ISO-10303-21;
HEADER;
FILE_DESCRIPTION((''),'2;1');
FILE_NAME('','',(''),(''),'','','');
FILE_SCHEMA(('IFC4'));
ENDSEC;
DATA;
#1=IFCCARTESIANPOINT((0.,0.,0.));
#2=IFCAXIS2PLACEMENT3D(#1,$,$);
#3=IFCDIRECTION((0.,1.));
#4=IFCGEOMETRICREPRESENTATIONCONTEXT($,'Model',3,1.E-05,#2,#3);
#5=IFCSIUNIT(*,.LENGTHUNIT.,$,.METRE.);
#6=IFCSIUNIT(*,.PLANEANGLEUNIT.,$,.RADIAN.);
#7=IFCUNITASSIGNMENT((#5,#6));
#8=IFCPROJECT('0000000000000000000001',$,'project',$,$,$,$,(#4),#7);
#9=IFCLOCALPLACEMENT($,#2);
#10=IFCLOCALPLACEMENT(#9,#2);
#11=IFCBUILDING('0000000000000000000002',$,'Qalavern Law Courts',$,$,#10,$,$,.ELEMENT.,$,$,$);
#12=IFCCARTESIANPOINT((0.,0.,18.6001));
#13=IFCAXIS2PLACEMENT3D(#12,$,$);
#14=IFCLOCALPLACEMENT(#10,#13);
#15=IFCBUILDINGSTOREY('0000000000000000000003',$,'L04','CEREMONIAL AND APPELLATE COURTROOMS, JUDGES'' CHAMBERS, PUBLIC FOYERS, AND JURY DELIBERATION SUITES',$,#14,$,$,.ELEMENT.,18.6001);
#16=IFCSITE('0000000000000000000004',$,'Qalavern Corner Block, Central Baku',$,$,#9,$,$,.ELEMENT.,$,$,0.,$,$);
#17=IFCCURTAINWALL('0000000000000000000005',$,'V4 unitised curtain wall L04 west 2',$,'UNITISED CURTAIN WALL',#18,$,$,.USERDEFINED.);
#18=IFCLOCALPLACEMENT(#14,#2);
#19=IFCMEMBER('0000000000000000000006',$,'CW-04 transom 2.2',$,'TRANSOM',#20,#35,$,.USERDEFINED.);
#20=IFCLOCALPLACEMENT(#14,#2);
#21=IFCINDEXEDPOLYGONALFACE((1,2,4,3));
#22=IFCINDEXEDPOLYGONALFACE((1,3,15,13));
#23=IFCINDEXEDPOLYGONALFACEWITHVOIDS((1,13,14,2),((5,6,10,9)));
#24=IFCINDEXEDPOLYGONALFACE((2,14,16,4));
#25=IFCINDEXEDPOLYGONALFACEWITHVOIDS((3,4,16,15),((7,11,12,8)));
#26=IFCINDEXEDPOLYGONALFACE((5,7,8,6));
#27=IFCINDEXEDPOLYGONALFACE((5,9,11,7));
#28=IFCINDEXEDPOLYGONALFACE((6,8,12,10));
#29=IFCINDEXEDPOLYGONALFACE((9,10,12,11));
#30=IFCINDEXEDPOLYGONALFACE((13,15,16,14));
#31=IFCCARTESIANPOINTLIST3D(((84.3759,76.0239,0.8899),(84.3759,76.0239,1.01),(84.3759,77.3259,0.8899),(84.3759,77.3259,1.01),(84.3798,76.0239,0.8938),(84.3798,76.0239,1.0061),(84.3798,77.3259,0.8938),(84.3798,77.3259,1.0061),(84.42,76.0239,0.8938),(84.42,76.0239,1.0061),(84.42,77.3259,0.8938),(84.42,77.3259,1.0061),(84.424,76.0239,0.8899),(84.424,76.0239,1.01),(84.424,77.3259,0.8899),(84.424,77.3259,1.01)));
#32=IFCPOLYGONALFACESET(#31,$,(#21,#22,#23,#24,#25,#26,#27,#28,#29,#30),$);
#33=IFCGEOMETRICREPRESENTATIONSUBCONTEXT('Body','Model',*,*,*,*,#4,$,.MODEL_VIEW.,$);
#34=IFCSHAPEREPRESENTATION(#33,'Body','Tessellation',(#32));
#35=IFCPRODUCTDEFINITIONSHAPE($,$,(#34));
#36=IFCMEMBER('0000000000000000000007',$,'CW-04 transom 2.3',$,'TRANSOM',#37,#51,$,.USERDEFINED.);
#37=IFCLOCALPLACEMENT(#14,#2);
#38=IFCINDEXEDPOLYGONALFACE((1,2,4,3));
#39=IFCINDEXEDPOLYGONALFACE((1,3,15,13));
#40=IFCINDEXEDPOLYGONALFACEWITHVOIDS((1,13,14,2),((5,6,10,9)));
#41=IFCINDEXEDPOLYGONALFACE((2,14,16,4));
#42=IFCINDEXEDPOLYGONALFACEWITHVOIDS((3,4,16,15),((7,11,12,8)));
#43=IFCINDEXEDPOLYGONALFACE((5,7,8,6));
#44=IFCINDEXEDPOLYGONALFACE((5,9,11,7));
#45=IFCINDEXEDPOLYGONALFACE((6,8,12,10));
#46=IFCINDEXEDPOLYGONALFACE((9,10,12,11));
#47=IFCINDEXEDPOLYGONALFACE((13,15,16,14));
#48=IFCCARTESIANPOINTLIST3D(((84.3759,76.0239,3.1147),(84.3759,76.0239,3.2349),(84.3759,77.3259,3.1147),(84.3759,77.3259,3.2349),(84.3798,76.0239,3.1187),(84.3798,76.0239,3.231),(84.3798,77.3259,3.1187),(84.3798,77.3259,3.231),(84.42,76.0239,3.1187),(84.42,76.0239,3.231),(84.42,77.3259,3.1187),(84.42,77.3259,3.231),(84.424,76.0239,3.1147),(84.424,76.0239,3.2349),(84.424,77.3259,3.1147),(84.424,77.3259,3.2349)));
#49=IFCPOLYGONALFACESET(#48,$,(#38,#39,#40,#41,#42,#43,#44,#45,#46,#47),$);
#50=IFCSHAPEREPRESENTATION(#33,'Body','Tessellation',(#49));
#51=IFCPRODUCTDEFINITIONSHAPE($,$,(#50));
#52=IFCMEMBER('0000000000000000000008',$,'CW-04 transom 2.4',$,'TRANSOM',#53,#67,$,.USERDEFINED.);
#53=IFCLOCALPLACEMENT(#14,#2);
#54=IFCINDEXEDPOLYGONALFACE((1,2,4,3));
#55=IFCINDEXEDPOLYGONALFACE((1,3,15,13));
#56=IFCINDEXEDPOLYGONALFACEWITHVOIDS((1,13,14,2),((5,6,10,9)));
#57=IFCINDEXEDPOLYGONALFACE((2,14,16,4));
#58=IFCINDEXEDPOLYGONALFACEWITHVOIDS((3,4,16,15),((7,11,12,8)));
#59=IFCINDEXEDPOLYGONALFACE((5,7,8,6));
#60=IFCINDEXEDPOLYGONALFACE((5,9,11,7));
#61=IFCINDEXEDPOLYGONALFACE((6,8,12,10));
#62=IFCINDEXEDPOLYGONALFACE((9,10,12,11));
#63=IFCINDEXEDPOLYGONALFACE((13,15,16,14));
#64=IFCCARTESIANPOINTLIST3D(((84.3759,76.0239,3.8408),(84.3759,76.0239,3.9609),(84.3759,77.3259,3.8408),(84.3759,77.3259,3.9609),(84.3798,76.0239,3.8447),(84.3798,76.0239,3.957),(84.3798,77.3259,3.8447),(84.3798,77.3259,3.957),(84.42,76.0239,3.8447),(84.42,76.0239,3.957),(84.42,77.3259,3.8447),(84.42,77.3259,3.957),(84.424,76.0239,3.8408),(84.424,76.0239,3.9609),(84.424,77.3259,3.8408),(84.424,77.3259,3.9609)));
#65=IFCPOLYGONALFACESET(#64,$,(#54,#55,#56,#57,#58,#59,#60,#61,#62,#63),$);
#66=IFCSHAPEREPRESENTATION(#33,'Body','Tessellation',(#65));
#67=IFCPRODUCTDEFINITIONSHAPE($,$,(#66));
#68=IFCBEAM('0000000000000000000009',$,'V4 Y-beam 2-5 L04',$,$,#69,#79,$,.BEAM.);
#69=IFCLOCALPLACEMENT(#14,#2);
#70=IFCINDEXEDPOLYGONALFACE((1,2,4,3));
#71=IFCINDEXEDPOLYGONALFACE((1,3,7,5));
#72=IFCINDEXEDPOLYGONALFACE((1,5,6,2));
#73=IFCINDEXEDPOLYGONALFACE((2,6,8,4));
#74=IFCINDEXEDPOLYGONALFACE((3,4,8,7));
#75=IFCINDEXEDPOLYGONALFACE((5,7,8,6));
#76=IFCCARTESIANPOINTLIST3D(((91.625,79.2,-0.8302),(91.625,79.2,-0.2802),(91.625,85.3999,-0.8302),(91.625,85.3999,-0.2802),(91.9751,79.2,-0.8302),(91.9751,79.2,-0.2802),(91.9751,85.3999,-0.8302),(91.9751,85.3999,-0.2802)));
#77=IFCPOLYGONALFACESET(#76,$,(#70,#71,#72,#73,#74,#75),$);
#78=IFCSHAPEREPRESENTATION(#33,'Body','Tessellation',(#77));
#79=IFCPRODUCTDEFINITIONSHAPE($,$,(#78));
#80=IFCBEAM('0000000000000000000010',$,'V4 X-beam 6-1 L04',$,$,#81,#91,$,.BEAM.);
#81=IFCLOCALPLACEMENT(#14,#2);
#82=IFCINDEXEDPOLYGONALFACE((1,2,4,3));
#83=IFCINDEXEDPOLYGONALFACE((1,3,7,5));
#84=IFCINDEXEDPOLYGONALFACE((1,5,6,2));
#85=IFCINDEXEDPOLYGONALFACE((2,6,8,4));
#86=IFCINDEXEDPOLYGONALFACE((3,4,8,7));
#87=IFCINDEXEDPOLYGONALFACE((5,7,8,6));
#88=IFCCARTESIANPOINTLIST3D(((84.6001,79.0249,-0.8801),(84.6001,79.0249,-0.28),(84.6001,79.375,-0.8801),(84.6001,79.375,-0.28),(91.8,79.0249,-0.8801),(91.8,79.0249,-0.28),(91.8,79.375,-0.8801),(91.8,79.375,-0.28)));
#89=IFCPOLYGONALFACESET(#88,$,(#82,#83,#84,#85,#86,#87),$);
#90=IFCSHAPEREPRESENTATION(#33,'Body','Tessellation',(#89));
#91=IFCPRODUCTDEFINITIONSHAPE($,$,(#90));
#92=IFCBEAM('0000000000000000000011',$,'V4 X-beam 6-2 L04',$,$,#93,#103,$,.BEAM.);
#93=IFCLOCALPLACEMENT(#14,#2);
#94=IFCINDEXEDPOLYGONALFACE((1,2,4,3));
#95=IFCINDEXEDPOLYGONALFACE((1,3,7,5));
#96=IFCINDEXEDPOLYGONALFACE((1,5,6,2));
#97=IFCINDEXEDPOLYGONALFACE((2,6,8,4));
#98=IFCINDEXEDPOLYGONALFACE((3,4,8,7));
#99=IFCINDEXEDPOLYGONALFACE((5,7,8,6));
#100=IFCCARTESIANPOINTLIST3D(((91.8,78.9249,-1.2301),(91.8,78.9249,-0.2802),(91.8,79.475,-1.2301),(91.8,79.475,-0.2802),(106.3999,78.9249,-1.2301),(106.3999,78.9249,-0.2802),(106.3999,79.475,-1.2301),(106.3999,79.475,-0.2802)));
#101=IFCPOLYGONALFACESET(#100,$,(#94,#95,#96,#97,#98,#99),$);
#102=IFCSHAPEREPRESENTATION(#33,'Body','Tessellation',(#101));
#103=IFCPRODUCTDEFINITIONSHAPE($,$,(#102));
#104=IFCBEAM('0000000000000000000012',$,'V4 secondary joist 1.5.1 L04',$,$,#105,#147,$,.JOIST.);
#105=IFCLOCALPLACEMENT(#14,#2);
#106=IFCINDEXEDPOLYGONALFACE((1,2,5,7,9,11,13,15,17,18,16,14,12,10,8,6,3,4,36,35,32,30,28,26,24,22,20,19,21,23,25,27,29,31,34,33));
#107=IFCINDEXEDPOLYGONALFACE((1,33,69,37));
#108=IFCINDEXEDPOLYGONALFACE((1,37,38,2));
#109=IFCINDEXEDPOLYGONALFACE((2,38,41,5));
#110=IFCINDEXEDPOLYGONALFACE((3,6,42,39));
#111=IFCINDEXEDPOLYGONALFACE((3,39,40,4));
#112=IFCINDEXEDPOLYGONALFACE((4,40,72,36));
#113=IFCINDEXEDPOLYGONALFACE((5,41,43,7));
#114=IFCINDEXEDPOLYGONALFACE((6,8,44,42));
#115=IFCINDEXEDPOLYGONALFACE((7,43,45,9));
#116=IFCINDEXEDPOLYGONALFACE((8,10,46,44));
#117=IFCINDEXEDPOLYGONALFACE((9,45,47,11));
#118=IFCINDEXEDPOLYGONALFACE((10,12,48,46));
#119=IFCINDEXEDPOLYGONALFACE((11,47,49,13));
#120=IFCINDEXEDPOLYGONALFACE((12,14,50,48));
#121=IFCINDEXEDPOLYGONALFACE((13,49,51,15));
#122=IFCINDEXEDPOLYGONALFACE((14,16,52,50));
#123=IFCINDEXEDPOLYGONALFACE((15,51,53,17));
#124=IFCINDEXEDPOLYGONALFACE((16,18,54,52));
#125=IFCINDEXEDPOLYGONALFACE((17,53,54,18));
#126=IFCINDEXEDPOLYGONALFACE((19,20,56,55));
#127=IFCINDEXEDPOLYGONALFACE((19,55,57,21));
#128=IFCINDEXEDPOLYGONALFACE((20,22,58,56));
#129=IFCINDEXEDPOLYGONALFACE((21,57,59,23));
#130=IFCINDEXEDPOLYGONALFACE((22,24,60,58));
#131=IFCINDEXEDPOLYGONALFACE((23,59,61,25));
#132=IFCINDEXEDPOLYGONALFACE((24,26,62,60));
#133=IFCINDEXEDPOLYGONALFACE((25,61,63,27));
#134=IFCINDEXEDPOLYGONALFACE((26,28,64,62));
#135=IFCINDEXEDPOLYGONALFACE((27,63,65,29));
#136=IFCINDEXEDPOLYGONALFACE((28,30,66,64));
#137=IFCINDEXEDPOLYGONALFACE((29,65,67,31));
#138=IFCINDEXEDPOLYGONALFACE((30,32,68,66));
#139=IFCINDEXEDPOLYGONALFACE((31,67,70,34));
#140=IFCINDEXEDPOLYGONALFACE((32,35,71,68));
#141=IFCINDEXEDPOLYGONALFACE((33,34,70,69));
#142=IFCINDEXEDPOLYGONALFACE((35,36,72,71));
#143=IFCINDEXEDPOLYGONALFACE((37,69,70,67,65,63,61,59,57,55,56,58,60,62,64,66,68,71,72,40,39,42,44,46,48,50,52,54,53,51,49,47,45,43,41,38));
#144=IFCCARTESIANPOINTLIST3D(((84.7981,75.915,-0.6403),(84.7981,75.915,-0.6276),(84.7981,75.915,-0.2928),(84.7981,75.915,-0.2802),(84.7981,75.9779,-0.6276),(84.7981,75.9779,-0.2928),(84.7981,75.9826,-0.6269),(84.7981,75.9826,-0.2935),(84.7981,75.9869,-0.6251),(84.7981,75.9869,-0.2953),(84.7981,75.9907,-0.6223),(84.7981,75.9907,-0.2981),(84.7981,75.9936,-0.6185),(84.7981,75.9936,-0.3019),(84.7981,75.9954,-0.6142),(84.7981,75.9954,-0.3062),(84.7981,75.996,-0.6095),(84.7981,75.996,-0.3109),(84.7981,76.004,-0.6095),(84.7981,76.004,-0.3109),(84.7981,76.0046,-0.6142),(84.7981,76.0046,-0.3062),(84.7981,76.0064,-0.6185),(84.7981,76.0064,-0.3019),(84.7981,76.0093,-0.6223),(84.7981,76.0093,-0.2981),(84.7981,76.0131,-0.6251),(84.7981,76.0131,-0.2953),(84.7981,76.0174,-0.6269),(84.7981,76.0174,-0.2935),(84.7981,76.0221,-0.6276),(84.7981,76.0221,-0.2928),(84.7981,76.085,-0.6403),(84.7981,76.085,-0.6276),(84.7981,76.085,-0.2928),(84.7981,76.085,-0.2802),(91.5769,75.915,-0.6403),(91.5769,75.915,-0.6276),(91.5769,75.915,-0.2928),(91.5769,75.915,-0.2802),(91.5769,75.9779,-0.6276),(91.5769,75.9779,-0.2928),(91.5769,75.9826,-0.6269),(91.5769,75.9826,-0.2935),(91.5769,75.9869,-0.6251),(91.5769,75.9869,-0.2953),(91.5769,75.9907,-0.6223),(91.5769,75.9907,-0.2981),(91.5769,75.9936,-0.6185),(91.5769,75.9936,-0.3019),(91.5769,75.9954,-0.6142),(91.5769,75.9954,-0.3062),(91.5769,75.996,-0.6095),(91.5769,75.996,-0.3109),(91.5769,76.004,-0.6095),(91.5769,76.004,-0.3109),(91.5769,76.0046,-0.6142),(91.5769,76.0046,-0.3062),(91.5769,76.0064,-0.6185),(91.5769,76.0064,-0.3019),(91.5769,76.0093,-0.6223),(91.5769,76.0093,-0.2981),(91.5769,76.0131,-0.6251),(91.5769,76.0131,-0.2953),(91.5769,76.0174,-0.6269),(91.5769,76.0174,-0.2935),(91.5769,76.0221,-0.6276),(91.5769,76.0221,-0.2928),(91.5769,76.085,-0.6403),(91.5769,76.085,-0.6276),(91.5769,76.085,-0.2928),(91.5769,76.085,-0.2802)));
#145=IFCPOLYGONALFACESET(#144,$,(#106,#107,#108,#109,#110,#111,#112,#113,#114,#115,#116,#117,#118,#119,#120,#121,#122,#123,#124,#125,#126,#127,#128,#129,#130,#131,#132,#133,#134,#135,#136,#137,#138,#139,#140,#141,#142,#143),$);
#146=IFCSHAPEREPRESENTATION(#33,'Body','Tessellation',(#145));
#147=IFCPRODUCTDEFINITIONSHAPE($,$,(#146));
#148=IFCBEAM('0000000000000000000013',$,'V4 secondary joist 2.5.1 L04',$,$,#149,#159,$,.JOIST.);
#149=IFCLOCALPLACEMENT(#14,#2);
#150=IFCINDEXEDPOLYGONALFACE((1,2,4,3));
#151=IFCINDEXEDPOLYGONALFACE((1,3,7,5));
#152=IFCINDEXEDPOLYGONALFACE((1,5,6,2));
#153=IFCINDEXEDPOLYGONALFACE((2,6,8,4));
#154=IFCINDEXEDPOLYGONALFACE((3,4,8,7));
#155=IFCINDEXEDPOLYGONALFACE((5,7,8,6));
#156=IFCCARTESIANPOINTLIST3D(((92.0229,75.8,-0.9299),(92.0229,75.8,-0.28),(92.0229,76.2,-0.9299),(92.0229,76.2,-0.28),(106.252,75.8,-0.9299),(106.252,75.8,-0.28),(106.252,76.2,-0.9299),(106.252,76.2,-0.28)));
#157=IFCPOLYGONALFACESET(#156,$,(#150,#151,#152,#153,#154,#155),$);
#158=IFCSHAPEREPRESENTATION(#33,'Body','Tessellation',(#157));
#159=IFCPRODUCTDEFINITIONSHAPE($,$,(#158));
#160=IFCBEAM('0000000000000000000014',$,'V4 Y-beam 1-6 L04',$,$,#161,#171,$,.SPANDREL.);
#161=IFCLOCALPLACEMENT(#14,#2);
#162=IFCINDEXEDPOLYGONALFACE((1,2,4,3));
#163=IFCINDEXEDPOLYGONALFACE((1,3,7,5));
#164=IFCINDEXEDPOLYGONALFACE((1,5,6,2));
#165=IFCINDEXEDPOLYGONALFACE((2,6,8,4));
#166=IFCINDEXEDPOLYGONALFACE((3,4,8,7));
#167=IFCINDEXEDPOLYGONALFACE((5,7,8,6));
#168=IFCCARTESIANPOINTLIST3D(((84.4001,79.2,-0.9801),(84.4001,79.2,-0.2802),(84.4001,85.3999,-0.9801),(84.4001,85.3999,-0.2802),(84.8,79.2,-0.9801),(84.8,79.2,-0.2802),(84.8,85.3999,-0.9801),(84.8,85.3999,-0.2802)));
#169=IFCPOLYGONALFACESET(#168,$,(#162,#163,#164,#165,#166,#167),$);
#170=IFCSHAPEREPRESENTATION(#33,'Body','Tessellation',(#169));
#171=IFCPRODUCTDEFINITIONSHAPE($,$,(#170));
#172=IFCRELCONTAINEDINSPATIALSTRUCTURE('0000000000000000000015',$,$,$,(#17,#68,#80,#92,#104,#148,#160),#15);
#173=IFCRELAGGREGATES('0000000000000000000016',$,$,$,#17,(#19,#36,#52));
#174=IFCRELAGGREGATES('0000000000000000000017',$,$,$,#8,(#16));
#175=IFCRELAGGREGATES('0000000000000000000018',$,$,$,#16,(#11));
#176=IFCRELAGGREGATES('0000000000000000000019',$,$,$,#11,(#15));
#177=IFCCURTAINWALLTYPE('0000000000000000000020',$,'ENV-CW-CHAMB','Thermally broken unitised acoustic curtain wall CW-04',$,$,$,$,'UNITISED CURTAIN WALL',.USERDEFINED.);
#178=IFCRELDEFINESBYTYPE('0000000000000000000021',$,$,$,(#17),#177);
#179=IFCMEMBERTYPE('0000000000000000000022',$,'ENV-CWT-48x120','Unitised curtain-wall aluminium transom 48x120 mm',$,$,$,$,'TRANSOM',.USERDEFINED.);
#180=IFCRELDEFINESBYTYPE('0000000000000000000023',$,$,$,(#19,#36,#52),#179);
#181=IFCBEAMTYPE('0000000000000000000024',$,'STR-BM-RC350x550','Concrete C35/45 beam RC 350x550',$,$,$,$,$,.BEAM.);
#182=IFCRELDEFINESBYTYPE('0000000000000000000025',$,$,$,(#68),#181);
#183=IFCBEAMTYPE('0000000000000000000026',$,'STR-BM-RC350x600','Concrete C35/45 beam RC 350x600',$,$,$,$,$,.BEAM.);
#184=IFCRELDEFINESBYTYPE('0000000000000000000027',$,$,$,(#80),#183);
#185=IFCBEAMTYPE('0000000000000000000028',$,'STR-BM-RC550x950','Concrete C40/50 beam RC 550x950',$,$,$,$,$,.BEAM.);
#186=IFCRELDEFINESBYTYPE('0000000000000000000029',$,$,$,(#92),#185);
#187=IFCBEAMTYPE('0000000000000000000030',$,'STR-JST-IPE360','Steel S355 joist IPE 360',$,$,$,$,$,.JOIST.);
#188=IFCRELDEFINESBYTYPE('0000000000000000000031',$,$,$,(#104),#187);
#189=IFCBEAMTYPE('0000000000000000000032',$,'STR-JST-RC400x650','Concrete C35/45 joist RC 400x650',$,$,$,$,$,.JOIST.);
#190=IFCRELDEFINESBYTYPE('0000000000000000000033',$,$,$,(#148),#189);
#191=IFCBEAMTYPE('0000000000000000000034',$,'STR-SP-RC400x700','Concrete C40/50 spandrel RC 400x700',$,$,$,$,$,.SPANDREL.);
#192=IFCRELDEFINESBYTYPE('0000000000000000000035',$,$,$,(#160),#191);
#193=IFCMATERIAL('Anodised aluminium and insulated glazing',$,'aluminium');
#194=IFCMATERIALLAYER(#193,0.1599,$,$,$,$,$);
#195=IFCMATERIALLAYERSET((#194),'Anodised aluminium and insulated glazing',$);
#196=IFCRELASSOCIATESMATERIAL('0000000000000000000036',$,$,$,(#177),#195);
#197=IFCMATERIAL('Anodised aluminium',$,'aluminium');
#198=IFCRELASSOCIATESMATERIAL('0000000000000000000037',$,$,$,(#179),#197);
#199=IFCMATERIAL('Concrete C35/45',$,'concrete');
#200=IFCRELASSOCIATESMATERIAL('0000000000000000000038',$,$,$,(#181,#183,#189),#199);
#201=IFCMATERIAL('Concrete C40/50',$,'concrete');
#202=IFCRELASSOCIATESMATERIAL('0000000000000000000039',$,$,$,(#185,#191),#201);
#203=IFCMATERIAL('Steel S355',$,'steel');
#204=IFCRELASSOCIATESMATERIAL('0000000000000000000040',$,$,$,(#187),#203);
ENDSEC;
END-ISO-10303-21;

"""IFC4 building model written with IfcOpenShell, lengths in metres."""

from ifc_helpers import new_model, si_unit, direction, frame, origin, origin_2d, place, context, subcontext, project, spatial, rectangle, hollow_rectangle, i_section, extrude, material, layer, layer_set, material_profile, profile_set, type_object, element, aggregate, save


model = new_model("IFC4")

# Units and contexts
model_context = context("Model", 3, precision=1e-05, world=origin(), true_north=direction((0.0, 1.0)))
body_context = subcontext(model_context, "Body", "Model", "MODEL_VIEW")
ifc_project = project(units=[si_unit("LENGTHUNIT", "METRE"), si_unit("PLANEANGLEUNIT", "RADIAN")], contexts=[model_context])

# Site, building, storey
site_placement = place(None, origin())
site = spatial("IfcSite", under=ifc_project, at=site_placement, Name="Qalavern Corner Block, Central Baku", CompositionType="ELEMENT", RefElevation=0.0)
building_placement = place(site_placement, origin())
building = spatial("IfcBuilding", under=site, at=building_placement, Name="Qalavern Law Courts", CompositionType="ELEMENT")
storey_placement = place(building_placement, frame((0.0, 0.0, 18.6001)))
storey = spatial("IfcBuildingStorey", under=building, at=storey_placement, Name="L04", Description="CEREMONIAL AND APPELLATE COURTROOMS, JUDGES' CHAMBERS, PUBLIC FOYERS, AND JURY DELIBERATION SUITES", CompositionType="ELEMENT", Elevation=18.6001)

# Shared definitions
ifc_material_1 = material(Name="Anodised aluminium and insulated glazing", Category="aluminium")
ifc_layer_1 = layer(ifc_material_1, 0.1599)
ifc_layer_set_1 = layer_set([ifc_layer_1], Name="Anodised aluminium and insulated glazing")
curtain_wall_type = type_object("IfcCurtainWallType", Name="ENV-CW-CHAMB", Description="Thermally broken unitised acoustic curtain wall CW-04", ElementType="UNITISED CURTAIN WALL", PredefinedType="USERDEFINED", material=ifc_layer_set_1)
ifc_material_2 = material(Name="Anodised aluminium", Category="aluminium")

# Curtain wall, members
curtain_wall_1_placement = place(storey_placement, origin())
curtain_wall_1 = element("IfcCurtainWall", 1, at=curtain_wall_1_placement, inside=storey, type_object=curtain_wall_type, Name="V4 unitised curtain wall L04 west 2", ObjectType="UNITISED CURTAIN WALL", PredefinedType="USERDEFINED")
ifc_material_profile_1 = material_profile(ifc_material_2, hollow_rectangle(XDim=0.0481, YDim=0.1201, WallThickness=0.0039, at=origin_2d()), Name="ALU TRANSOM 48x120")
ifc_profile_set_1 = profile_set([ifc_material_profile_1], Name="Anodised aluminium")
member_type_1 = type_object("IfcMemberType", Name="ENV-CWT-48x120", Description="Unitised curtain-wall aluminium transom 48x120 mm", ElementType="TRANSOM", PredefinedType="USERDEFINED", material=ifc_profile_set_1)
member_1_placement = place(storey_placement, frame((84.3999, 77.3259, 0.95), z_axis=(0.0, -1.0, 0.0), x_axis=(1.0, 0.0, 0.0)))
member_1 = element("IfcMember", 2, at=member_1_placement, type_object=member_type_1, Name="CW-04 transom 2.2", ObjectType="TRANSOM", PredefinedType="USERDEFINED", context=body_context, shape_type="SweptSolid", body=[
    extrude(hollow_rectangle(XDim=0.0481, YDim=0.1201, WallThickness=0.0039, at=origin_2d()), origin(), (0.0, 0.0, 1.0), 1.302),
])
member_2_placement = place(storey_placement, frame((84.3999, 77.3259, 3.1748), z_axis=(0.0, -1.0, 0.0), x_axis=(1.0, 0.0, 0.0)))
member_2 = element("IfcMember", 3, at=member_2_placement, type_object=member_type_1, Name="CW-04 transom 2.3", ObjectType="TRANSOM", PredefinedType="USERDEFINED", context=body_context, shape_type="SweptSolid", body=[
    extrude(hollow_rectangle(XDim=0.0481, YDim=0.1201, WallThickness=0.0039, at=origin_2d()), origin(), (0.0, 0.0, 1.0), 1.302),
])
member_3_placement = place(storey_placement, frame((84.3999, 77.3259, 3.9009), z_axis=(0.0, -1.0, 0.0), x_axis=(1.0, 0.0, 0.0)))
member_3 = element("IfcMember", 4, at=member_3_placement, type_object=member_type_1, Name="CW-04 transom 2.4", ObjectType="TRANSOM", PredefinedType="USERDEFINED", context=body_context, shape_type="SweptSolid", body=[
    extrude(hollow_rectangle(XDim=0.0481, YDim=0.1201, WallThickness=0.0039, at=origin_2d()), origin(), (0.0, 0.0, 1.0), 1.302),
])

# Beams
ifc_material_3 = material(Name="Concrete C35/45", Category="concrete")
ifc_material_profile_2 = material_profile(ifc_material_3, rectangle(XDim=0.3501, YDim=0.55, at=origin_2d()), Name="RC 350x550")
ifc_profile_set_2 = profile_set([ifc_material_profile_2], Name="Concrete C35/45")
beam_type_1 = type_object("IfcBeamType", Name="STR-BM-RC350x550", Description="Concrete C35/45 beam RC 350x550", PredefinedType="BEAM", material=ifc_profile_set_2)
beam_1_placement = place(storey_placement, frame((91.8, 79.2, -0.5552), z_axis=(0.0, 1.0, 0.0), x_axis=(-1.0, 0.0, 0.0)))
element("IfcBeam", 5, at=beam_1_placement, inside=storey, type_object=beam_type_1, Name="V4 Y-beam 2-5 L04", PredefinedType="BEAM", context=body_context, shape_type="SweptSolid", body=[
    extrude(rectangle(XDim=0.3501, YDim=0.55, at=origin_2d()), origin(), (0.0, 0.0, 1.0), 6.2),
])
ifc_material_profile_3 = material_profile(ifc_material_3, rectangle(XDim=0.3501, YDim=0.6001, at=origin_2d()), Name="RC 350x600")
ifc_profile_set_3 = profile_set([ifc_material_profile_3], Name="Concrete C35/45")
beam_type_2 = type_object("IfcBeamType", Name="STR-BM-RC350x600", Description="Concrete C35/45 beam RC 350x600", PredefinedType="BEAM", material=ifc_profile_set_3)
beam_2_placement = place(storey_placement, frame((84.6001, 79.2, -0.5801), z_axis=(1.0, 0.0, 0.0), x_axis=(0.0, 1.0, 0.0)))
element("IfcBeam", 6, at=beam_2_placement, inside=storey, type_object=beam_type_2, Name="V4 X-beam 6-1 L04", PredefinedType="BEAM", context=body_context, shape_type="SweptSolid", body=[
    extrude(rectangle(XDim=0.3501, YDim=0.6001, at=origin_2d()), origin(), (0.0, 0.0, 1.0), 7.2),
])
ifc_material_4 = material(Name="Concrete C40/50", Category="concrete")
ifc_material_profile_4 = material_profile(ifc_material_4, rectangle(XDim=0.55, YDim=0.95, at=origin_2d()), Name="RC 550x950")
ifc_profile_set_4 = profile_set([ifc_material_profile_4], Name="Concrete C40/50")
beam_type_3 = type_object("IfcBeamType", Name="STR-BM-RC550x950", Description="Concrete C40/50 beam RC 550x950", PredefinedType="BEAM", material=ifc_profile_set_4)
beam_3_placement = place(storey_placement, frame((91.8, 79.2, -0.7551), z_axis=(1.0, 0.0, 0.0), x_axis=(0.0, 1.0, 0.0)))
element("IfcBeam", 7, at=beam_3_placement, inside=storey, type_object=beam_type_3, Name="V4 X-beam 6-2 L04", PredefinedType="BEAM", context=body_context, shape_type="SweptSolid", body=[
    extrude(rectangle(XDim=0.55, YDim=0.95, at=origin_2d()), origin(), (0.0, 0.0, 1.0), 14.5999),
])
ifc_material_5 = material(Name="Steel S355", Category="steel")
ifc_material_profile_5 = material_profile(ifc_material_5, i_section(OverallWidth=0.1699, OverallDepth=0.3601, WebThickness=0.0081, FlangeThickness=0.0127, FilletRadius=0.0181, at=origin_2d()), Name="IPE 360")
ifc_profile_set_5 = profile_set([ifc_material_profile_5], Name="Steel S355")
beam_type_4 = type_object("IfcBeamType", Name="STR-JST-IPE360", Description="Steel S355 joist IPE 360", PredefinedType="JOIST", material=ifc_profile_set_5)
beam_4_placement = place(storey_placement, frame((84.7981, 76.0, -0.4602), z_axis=(1.0, 0.0, 0.0), x_axis=(0.0, 1.0, 0.0)))
element("IfcBeam", 8, at=beam_4_placement, inside=storey, type_object=beam_type_4, Name="V4 secondary joist 1.5.1 L04", PredefinedType="JOIST", context=body_context, shape_type="SweptSolid", body=[
    extrude(i_section(OverallWidth=0.1699, OverallDepth=0.3601, WebThickness=0.0081, FlangeThickness=0.0127, FilletRadius=0.0181, at=origin_2d()), origin(), (0.0, 0.0, 1.0), 6.7788),
])
ifc_material_profile_6 = material_profile(ifc_material_3, rectangle(XDim=0.3999, YDim=0.6499, at=origin_2d()), Name="RC 400x650")
ifc_profile_set_6 = profile_set([ifc_material_profile_6], Name="Concrete C35/45")
beam_type_5 = type_object("IfcBeamType", Name="STR-JST-RC400x650", Description="Concrete C35/45 joist RC 400x650", PredefinedType="JOIST", material=ifc_profile_set_6)
beam_5_placement = place(storey_placement, frame((92.0229, 76.0, -0.605), z_axis=(1.0, 0.0, 0.0), x_axis=(0.0, 1.0, 0.0)))
element("IfcBeam", 9, at=beam_5_placement, inside=storey, type_object=beam_type_5, Name="V4 secondary joist 2.5.1 L04", PredefinedType="JOIST", context=body_context, shape_type="SweptSolid", body=[
    extrude(rectangle(XDim=0.3999, YDim=0.6499, at=origin_2d()), origin(), (0.0, 0.0, 1.0), 14.229),
])
ifc_material_profile_7 = material_profile(ifc_material_4, rectangle(XDim=0.3999, YDim=0.7, at=origin_2d()), Name="RC 400x700")
ifc_profile_set_7 = profile_set([ifc_material_profile_7], Name="Concrete C40/50")
beam_type_6 = type_object("IfcBeamType", Name="STR-SP-RC400x700", Description="Concrete C40/50 spandrel RC 400x700", PredefinedType="SPANDREL", material=ifc_profile_set_7)
beam_6_placement = place(storey_placement, frame((84.6001, 79.2, -0.6301), z_axis=(0.0, 1.0, 0.0), x_axis=(-1.0, 0.0, 0.0)))
element("IfcBeam", 10, at=beam_6_placement, inside=storey, type_object=beam_type_6, Name="V4 Y-beam 1-6 L04", PredefinedType="SPANDREL", context=body_context, shape_type="SweptSolid", body=[
    extrude(rectangle(XDim=0.3999, YDim=0.7, at=origin_2d()), origin(), (0.0, 0.0, 1.0), 6.2),
])

aggregate(curtain_wall_1, [member_1, member_2, member_3])

save(model, "model.ifc")
